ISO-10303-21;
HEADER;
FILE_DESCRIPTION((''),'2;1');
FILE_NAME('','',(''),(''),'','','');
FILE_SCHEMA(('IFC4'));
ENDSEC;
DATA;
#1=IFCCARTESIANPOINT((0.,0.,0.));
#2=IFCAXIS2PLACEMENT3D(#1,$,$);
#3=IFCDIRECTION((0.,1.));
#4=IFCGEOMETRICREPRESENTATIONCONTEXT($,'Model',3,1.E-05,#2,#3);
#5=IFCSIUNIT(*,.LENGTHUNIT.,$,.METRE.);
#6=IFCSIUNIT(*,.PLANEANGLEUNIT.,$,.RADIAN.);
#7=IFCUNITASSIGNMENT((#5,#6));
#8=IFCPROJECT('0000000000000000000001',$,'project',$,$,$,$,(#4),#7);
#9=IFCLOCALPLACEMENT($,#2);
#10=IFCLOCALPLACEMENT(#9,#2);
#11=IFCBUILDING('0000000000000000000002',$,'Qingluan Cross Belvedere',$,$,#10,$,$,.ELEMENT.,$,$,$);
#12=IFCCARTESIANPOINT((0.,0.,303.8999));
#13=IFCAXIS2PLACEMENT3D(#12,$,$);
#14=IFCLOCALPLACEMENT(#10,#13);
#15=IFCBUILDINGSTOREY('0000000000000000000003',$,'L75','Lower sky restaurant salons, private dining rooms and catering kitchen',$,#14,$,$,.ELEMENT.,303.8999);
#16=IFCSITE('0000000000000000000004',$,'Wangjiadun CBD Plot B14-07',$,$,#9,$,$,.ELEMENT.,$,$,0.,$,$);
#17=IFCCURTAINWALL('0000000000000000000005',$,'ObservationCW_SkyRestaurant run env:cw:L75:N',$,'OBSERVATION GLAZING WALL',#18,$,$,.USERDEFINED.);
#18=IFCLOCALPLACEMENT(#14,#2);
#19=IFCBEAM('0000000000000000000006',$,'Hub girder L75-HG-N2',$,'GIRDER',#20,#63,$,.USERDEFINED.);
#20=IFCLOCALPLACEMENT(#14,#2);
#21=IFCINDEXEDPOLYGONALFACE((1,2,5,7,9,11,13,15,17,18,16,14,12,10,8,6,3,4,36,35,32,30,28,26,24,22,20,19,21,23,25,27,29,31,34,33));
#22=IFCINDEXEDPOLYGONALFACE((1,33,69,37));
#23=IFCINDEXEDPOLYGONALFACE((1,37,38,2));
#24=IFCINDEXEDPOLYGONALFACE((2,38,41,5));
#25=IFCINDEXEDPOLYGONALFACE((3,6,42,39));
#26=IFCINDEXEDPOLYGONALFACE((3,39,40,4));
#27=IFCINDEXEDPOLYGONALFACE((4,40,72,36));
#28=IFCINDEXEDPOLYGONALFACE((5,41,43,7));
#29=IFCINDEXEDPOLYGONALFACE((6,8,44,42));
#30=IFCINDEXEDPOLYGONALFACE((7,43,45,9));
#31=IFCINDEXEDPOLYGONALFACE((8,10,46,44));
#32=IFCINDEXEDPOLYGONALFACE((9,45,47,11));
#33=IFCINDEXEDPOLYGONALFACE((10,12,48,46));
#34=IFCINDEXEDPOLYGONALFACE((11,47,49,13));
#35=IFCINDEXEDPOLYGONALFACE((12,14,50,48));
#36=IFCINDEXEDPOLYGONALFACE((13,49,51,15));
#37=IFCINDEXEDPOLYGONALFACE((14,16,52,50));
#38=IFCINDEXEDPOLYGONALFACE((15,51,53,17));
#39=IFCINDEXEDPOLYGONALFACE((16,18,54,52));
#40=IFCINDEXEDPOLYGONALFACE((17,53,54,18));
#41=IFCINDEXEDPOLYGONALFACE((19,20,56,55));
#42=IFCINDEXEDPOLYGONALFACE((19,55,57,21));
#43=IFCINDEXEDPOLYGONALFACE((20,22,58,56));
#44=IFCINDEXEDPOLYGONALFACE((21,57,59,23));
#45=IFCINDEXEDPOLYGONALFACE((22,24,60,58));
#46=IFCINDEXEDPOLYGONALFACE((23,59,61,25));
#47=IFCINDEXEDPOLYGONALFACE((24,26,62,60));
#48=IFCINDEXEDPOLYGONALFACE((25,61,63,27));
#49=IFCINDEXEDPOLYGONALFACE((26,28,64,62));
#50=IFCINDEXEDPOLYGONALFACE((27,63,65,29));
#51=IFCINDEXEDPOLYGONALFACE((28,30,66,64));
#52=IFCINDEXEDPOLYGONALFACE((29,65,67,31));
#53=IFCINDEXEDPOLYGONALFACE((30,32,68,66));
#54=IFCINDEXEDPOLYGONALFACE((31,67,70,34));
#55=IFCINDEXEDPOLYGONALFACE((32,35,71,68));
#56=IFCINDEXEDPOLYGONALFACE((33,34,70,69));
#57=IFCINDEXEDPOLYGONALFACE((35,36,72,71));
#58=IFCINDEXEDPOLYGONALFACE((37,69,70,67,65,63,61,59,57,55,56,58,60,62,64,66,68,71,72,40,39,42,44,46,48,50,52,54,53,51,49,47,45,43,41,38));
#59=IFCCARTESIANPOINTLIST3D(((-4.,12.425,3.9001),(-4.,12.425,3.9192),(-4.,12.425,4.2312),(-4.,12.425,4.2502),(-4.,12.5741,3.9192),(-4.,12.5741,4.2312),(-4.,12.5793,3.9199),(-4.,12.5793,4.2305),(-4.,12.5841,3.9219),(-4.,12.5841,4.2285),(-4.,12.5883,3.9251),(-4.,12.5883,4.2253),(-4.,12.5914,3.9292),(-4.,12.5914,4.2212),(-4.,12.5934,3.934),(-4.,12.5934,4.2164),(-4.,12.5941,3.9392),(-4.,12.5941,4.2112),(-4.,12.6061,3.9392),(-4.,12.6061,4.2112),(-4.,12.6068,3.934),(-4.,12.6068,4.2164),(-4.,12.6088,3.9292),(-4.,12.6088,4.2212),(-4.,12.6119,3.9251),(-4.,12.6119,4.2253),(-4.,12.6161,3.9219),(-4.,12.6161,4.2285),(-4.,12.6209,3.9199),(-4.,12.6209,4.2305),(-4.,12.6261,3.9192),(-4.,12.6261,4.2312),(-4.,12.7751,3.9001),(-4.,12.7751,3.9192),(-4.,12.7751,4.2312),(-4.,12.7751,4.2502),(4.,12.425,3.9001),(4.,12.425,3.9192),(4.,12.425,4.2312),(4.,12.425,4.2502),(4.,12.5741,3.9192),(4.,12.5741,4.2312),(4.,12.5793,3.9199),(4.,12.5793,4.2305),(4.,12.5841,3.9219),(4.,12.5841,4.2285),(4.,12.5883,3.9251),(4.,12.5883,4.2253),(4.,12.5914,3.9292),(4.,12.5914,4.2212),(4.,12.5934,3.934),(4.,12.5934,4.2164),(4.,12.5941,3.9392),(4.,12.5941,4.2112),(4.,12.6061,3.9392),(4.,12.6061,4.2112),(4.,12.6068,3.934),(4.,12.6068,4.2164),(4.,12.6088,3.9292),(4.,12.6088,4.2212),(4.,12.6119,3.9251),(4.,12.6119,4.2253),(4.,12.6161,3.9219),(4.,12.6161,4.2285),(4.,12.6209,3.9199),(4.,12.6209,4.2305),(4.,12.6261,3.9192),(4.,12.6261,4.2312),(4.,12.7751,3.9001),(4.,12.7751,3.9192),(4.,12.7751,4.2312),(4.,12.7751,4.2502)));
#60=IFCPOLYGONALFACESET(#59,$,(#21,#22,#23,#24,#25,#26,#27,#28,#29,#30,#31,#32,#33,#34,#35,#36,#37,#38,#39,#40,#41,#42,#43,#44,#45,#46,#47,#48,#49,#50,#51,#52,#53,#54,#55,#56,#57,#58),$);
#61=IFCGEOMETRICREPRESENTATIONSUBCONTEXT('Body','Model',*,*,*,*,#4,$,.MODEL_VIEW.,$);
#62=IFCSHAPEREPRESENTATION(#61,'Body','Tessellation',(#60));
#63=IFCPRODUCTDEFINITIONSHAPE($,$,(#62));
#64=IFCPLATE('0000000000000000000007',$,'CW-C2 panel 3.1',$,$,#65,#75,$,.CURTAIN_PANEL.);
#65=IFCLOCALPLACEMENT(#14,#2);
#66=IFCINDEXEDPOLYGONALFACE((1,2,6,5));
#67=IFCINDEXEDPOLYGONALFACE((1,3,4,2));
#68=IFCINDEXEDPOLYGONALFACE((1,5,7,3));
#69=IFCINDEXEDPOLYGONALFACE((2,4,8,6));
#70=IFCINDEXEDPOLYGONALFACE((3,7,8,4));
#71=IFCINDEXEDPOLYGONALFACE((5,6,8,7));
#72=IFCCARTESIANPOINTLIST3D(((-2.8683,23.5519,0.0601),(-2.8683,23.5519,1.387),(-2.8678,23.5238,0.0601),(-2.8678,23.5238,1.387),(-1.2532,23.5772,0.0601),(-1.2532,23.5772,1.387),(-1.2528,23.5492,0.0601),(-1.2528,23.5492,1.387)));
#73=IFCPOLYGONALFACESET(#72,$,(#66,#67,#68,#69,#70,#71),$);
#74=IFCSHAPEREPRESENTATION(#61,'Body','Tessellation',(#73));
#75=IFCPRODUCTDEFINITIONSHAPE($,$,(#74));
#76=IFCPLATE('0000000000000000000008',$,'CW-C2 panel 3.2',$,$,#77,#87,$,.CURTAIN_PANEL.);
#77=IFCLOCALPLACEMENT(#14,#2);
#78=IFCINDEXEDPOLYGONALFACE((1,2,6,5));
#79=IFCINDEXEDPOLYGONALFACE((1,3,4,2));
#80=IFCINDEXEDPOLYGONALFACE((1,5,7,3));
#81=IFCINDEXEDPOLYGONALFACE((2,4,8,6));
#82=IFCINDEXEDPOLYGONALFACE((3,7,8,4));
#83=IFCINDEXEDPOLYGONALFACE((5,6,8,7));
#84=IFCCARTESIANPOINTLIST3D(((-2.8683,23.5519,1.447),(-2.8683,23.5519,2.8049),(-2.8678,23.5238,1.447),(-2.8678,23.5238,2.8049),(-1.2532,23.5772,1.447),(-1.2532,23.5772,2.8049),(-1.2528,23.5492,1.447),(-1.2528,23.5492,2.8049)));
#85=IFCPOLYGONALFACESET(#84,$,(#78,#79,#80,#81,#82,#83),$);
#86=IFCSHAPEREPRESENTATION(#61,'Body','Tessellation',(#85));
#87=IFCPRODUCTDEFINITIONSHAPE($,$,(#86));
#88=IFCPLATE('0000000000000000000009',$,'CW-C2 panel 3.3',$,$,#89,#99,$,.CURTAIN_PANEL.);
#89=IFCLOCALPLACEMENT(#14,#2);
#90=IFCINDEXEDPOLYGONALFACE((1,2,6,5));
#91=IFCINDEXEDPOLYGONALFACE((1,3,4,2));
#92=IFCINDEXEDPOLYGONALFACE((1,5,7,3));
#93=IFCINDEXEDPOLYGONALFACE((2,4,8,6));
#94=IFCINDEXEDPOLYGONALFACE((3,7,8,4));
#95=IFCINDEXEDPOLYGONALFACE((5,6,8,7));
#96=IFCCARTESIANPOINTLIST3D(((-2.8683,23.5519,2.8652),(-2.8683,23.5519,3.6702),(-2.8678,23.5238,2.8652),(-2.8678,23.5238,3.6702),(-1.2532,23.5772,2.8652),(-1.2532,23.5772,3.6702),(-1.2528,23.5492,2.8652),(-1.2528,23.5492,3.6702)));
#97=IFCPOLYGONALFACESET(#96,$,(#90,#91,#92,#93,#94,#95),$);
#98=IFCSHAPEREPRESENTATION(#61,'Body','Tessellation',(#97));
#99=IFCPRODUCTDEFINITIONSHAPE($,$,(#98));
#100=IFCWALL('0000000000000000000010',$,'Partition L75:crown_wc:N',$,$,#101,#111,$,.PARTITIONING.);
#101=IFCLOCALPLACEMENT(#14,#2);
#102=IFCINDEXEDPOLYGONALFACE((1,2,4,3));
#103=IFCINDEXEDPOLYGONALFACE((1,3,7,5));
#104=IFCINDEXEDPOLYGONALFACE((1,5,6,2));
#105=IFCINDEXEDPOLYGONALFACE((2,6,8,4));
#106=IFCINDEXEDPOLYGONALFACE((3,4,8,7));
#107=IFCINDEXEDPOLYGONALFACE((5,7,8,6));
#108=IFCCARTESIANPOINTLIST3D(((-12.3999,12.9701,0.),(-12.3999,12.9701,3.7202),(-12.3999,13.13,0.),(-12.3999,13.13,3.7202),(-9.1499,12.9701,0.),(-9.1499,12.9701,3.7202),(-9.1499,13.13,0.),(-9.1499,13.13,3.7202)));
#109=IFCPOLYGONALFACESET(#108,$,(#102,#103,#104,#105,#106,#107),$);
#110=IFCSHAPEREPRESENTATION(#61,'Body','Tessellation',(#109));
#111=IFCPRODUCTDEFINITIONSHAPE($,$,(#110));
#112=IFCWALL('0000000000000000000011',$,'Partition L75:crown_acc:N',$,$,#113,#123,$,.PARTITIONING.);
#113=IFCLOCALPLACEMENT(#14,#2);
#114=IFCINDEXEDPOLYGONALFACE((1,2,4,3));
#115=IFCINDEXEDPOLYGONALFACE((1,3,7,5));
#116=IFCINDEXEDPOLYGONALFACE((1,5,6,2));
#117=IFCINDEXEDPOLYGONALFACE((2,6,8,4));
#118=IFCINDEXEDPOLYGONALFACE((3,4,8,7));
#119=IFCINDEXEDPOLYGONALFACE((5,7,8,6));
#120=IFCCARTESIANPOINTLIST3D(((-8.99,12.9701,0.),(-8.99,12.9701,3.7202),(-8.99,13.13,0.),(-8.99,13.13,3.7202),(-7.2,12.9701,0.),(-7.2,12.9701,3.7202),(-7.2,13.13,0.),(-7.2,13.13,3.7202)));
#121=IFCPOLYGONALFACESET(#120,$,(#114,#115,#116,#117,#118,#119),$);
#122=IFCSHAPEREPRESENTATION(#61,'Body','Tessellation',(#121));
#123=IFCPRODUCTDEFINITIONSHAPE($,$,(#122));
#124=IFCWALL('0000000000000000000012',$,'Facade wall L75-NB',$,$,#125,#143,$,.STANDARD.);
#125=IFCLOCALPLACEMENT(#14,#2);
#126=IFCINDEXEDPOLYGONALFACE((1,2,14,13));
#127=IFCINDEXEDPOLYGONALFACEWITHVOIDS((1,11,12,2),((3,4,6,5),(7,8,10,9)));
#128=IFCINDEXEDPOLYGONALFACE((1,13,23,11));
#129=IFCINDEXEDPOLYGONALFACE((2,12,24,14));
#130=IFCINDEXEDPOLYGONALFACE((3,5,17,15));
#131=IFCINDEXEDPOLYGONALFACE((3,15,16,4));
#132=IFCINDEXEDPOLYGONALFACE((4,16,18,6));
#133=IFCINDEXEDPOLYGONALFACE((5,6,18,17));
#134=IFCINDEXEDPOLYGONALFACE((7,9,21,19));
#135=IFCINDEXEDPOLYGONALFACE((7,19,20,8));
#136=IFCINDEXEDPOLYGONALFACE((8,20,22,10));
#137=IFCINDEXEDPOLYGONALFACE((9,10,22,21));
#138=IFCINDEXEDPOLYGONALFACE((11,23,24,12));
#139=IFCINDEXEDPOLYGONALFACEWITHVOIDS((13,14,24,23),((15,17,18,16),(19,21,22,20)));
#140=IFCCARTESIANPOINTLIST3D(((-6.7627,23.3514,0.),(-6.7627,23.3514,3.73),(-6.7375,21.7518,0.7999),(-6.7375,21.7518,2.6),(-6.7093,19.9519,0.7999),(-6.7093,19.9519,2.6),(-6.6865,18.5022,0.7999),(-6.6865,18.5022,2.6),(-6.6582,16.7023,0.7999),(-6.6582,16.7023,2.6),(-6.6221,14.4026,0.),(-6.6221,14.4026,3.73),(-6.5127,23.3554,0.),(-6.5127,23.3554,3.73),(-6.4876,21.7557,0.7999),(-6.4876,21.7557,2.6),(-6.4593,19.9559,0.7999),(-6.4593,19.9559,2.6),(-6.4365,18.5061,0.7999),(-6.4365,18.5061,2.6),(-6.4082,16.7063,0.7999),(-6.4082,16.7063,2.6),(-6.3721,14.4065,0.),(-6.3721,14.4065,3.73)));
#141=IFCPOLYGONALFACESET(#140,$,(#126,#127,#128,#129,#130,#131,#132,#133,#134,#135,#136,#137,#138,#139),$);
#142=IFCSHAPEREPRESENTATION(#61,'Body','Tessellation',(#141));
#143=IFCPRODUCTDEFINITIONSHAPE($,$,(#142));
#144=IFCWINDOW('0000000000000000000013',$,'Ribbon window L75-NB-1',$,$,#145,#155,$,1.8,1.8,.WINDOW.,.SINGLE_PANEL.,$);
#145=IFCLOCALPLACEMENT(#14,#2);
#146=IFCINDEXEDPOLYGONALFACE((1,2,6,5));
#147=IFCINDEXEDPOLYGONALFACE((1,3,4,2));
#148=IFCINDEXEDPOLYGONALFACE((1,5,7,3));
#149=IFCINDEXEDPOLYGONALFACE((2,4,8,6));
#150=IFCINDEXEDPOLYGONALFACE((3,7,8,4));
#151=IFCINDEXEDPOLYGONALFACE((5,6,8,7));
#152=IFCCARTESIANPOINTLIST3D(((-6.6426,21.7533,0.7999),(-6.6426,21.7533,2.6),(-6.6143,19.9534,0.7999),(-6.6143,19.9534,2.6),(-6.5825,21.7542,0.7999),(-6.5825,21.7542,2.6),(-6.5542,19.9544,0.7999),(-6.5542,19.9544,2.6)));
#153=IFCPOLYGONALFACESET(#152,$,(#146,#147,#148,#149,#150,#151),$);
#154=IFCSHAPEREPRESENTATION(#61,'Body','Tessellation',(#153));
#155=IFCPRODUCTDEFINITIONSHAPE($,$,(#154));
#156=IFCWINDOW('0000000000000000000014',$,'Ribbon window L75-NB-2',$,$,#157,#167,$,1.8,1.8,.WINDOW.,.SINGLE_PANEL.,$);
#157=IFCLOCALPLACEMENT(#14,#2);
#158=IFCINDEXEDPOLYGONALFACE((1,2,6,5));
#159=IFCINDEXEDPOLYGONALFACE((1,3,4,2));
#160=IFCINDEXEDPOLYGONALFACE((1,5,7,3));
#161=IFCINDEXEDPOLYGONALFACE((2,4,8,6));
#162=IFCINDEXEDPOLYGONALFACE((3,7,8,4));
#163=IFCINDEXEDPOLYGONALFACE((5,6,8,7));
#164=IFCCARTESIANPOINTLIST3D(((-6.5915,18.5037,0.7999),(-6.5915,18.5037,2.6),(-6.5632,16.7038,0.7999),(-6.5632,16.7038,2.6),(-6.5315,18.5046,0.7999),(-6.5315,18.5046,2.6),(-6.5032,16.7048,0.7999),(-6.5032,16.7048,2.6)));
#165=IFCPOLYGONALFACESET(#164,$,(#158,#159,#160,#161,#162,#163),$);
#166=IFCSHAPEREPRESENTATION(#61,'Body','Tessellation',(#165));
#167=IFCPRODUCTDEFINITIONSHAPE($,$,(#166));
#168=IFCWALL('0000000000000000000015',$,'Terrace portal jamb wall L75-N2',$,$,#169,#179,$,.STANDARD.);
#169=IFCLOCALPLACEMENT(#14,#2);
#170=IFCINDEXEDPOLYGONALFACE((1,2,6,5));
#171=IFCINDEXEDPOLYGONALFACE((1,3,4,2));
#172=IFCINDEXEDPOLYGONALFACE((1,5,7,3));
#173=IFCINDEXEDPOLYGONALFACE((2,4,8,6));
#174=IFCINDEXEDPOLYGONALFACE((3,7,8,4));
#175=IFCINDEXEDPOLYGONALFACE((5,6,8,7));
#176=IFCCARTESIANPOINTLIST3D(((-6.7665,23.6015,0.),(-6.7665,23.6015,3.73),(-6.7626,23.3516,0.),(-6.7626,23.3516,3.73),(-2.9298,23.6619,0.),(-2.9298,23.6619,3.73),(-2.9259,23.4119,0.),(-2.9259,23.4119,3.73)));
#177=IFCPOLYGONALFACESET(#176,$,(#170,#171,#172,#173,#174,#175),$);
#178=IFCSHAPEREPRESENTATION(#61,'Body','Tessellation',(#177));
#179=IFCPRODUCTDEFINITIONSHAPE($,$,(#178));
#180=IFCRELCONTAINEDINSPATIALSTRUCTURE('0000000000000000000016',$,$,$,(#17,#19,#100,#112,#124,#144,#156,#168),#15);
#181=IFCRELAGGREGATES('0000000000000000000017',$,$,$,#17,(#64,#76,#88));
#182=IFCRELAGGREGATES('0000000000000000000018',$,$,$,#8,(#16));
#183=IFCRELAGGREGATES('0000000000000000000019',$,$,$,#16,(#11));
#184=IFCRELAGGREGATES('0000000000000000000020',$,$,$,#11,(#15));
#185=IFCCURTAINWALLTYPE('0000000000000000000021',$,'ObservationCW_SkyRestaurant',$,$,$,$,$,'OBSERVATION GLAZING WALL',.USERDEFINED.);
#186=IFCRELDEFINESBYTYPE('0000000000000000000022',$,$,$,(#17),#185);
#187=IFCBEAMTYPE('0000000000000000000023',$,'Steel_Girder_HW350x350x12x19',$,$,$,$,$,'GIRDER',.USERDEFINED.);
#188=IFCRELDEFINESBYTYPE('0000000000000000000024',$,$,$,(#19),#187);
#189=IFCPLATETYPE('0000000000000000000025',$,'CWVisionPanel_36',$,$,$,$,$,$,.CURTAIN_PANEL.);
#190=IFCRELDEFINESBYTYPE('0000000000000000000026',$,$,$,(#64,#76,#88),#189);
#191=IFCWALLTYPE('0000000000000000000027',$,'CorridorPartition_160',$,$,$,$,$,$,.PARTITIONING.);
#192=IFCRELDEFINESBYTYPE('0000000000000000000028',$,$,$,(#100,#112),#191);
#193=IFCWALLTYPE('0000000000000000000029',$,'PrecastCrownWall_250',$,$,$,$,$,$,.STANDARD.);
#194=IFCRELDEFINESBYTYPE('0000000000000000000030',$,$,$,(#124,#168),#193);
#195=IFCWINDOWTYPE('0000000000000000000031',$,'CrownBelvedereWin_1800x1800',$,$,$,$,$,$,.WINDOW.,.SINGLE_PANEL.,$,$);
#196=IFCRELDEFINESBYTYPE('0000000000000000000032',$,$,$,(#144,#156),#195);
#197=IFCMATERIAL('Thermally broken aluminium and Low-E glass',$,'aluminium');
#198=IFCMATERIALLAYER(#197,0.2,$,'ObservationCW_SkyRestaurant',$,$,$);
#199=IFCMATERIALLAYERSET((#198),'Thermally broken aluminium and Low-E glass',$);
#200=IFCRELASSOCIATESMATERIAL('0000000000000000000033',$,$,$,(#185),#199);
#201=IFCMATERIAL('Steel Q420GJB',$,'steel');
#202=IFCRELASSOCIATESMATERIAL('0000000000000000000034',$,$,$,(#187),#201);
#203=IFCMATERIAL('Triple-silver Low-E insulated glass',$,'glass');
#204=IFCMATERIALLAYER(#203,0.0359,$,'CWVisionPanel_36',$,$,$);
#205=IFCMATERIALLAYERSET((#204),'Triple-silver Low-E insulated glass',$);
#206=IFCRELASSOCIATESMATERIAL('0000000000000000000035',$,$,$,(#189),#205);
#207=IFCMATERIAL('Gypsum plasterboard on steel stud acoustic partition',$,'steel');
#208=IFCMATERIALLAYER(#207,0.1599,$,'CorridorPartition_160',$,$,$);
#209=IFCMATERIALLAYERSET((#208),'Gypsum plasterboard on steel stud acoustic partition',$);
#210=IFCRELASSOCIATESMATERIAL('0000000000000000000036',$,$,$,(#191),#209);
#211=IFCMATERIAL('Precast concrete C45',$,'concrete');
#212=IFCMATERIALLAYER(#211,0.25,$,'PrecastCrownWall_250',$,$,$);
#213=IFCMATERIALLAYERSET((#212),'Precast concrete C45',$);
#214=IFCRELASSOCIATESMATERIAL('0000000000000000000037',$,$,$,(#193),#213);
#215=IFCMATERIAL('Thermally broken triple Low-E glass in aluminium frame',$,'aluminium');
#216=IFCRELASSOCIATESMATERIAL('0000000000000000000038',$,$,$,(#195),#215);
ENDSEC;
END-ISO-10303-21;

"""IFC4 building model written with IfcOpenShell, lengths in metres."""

from ifc_helpers import new_model, si_unit, direction, frame, frame_2d, origin, origin_2d, place, context, subcontext, project, spatial, rectangle, i_section, extrude, material, layer, layer_set, material_profile, profile_set, type_object, element, fill, aggregate, save


model = new_model("IFC4")

# Units and contexts
model_context = context("Model", 3, precision=1e-05, world=origin(), true_north=direction((0.0, 1.0)))
body_context = subcontext(model_context, "Body", "Model", "MODEL_VIEW")
ifc_project = project(units=[si_unit("LENGTHUNIT", "METRE"), si_unit("PLANEANGLEUNIT", "RADIAN")], contexts=[model_context])

# Site, building, storey
site_placement = place(None, origin())
site = spatial("IfcSite", under=ifc_project, at=site_placement, Name="Wangjiadun CBD Plot B14-07", CompositionType="ELEMENT", RefElevation=0.0)
building_placement = place(site_placement, origin())
building = spatial("IfcBuilding", under=site, at=building_placement, Name="Qingluan Cross Belvedere", CompositionType="ELEMENT")
storey_placement = place(building_placement, frame((0.0, 0.0, 303.8999)))
storey = spatial("IfcBuildingStorey", under=building, at=storey_placement, Name="L75", Description="Lower sky restaurant salons, private dining rooms and catering kitchen", CompositionType="ELEMENT", Elevation=303.8999)

# Curtain wall
ifc_material_1 = material(Name="Thermally broken aluminium and Low-E glass", Category="aluminium")
ifc_layer_1 = layer(ifc_material_1, 0.2, Name="ObservationCW_SkyRestaurant")
ifc_layer_set_1 = layer_set([ifc_layer_1], Name="Thermally broken aluminium and Low-E glass")
curtain_wall_type = type_object("IfcCurtainWallType", Name="ObservationCW_SkyRestaurant", ElementType="OBSERVATION GLAZING WALL", PredefinedType="USERDEFINED", material=ifc_layer_set_1)
curtain_wall_placement = place(storey_placement, origin())
curtain_wall = element("IfcCurtainWall", 1, at=curtain_wall_placement, inside=storey, type_object=curtain_wall_type, Name="ObservationCW_SkyRestaurant run env:cw:L75:N", ObjectType="OBSERVATION GLAZING WALL", PredefinedType="USERDEFINED")

# Beam
ifc_material_2 = material(Name="Steel Q420GJB", Category="steel")
ifc_material_profile_1 = material_profile(ifc_material_2, i_section(OverallWidth=0.3501, OverallDepth=0.3501, WebThickness=0.012, FlangeThickness=0.019, FilletRadius=0.02, at=origin_2d()), Name="HW350x350x12x19")
ifc_profile_set_1 = profile_set([ifc_material_profile_1], Name="Steel Q420GJB")
beam_type = type_object("IfcBeamType", Name="Steel_Girder_HW350x350x12x19", ElementType="GIRDER", PredefinedType="USERDEFINED", material=ifc_profile_set_1)
beam_placement = place(storey_placement, frame((-4.0, 12.6001, 4.0752), z_axis=(1.0, 0.0, 0.0), x_axis=(0.0, 1.0, 0.0)))
element("IfcBeam", 2, at=beam_placement, inside=storey, type_object=beam_type, Name="Hub girder L75-HG-N2", ObjectType="GIRDER", PredefinedType="USERDEFINED", context=body_context, shape_type="SweptSolid", body=[
    extrude(i_section(OverallWidth=0.3501, OverallDepth=0.3501, WebThickness=0.012, FlangeThickness=0.019, FilletRadius=0.02, at=origin_2d()), origin(), (0.0, 0.0, 1.0), 8.0),
])

# Plates
ifc_material_3 = material(Name="Triple-silver Low-E insulated glass", Category="glass")
ifc_layer_2 = layer(ifc_material_3, 0.0359, Name="CWVisionPanel_36")
ifc_layer_set_2 = layer_set([ifc_layer_2], Name="Triple-silver Low-E insulated glass")
plate_type = type_object("IfcPlateType", Name="CWVisionPanel_36", PredefinedType="CURTAIN_PANEL", material=ifc_layer_set_2)
plate_1_placement = place(storey_placement, frame((-2.0605, 23.5505, 0.0601), z_axis=(0.0, 0.0, 1.0), x_axis=(-0.999877, -0.015696, 0.0)))
plate_1 = element("IfcPlate", 3, at=plate_1_placement, type_object=plate_type, Name="CW-C2 panel 3.1", PredefinedType="CURTAIN_PANEL", context=body_context, shape_type="SweptSolid", body=[
    extrude(rectangle(XDim=1.6152, YDim=0.0281, at=origin_2d()), origin(), (0.0, 0.0, 1.0), 1.3269),
])
plate_2_placement = place(storey_placement, frame((-2.0605, 23.5505, 1.447), z_axis=(0.0, 0.0, 1.0), x_axis=(-0.999877, -0.015696, 0.0)))
plate_2 = element("IfcPlate", 4, at=plate_2_placement, type_object=plate_type, Name="CW-C2 panel 3.2", PredefinedType="CURTAIN_PANEL", context=body_context, shape_type="SweptSolid", body=[
    extrude(rectangle(XDim=1.6152, YDim=0.0281, at=origin_2d()), origin(), (0.0, 0.0, 1.0), 1.3579),
])
plate_3_placement = place(storey_placement, frame((-2.0605, 23.5505, 2.8652), z_axis=(0.0, 0.0, 1.0), x_axis=(-0.999877, -0.015696, 0.0)))
plate_3 = element("IfcPlate", 5, at=plate_3_placement, type_object=plate_type, Name="CW-C2 panel 3.3", PredefinedType="CURTAIN_PANEL", context=body_context, shape_type="SweptSolid", body=[
    extrude(rectangle(XDim=1.6152, YDim=0.0281, at=origin_2d()), origin(), (0.0, 0.0, 1.0), 0.8049),
])
aggregate(curtain_wall, [plate_1, plate_2, plate_3])

# Walls
ifc_material_4 = material(Name="Gypsum plasterboard on steel stud acoustic partition", Category="steel")
ifc_layer_3 = layer(ifc_material_4, 0.1599, Name="CorridorPartition_160")
ifc_layer_set_3 = layer_set([ifc_layer_3], Name="Gypsum plasterboard on steel stud acoustic partition")
wall_type_1 = type_object("IfcWallType", Name="CorridorPartition_160", PredefinedType="PARTITIONING", material=ifc_layer_set_3)
wall_1_placement = place(storey_placement, frame((-12.3999, 13.05, 0.0), z_axis=(0.0, 0.0, 1.0), x_axis=(1.0, 0.0, 0.0)))
element("IfcWall", 6, at=wall_1_placement, inside=storey, type_object=wall_type_1, Name="Partition L75:crown_wc:N", PredefinedType="PARTITIONING", context=body_context, shape_type="SweptSolid", body=[
    extrude(rectangle(XDim=3.25, YDim=0.1599, at=frame_2d((1.625, 0.0))), origin(), (0.0, 0.0, 1.0), 3.7202),
])
wall_2_placement = place(storey_placement, frame((-8.99, 13.05, 0.0), z_axis=(0.0, 0.0, 1.0), x_axis=(1.0, 0.0, 0.0)))
element("IfcWall", 7, at=wall_2_placement, inside=storey, type_object=wall_type_1, Name="Partition L75:crown_acc:N", PredefinedType="PARTITIONING", context=body_context, shape_type="SweptSolid", body=[
    extrude(rectangle(XDim=1.79, YDim=0.1599, at=frame_2d((0.895, 0.0))), origin(), (0.0, 0.0, 1.0), 3.7202),
])

# Wall, openings, windows
ifc_material_5 = material(Name="Precast concrete C45", Category="concrete")
ifc_layer_4 = layer(ifc_material_5, 0.25, Name="PrecastCrownWall_250")
ifc_layer_set_4 = layer_set([ifc_layer_4], Name="Precast concrete C45")
wall_type_2 = type_object("IfcWallType", Name="PrecastCrownWall_250", PredefinedType="STANDARD", material=ifc_layer_set_4)
wall_3_placement = place(storey_placement, frame((-6.6377, 23.3535, 0.0), z_axis=(0.0, 0.0, 1.0), x_axis=(0.015713, -0.999877, 0.0)))
wall_3 = element("IfcWall", 8, at=wall_3_placement, inside=storey, type_object=wall_type_2, Name="Facade wall L75-NB", PredefinedType="STANDARD", context=body_context, shape_type="SweptSolid", body=[
    extrude(rectangle(XDim=8.95, YDim=0.25, at=frame_2d((4.4751, 0.0))), origin(), (0.0, 0.0, 1.0), 3.73),
])
opening_1_placement = place(wall_3_placement, frame((1.6001, 0.0, 0.8)))
opening_1 = element("IfcOpeningElement", 9, at=opening_1_placement, cuts=wall_3, PredefinedType="OPENING", context=body_context, shape_type="SweptSolid", body=[
    extrude(rectangle(XDim=1.8, YDim=1.8, at=frame_2d((0.8999, 0.8999))), frame((0.0, 0.135, 0.0), z_axis=(0.0, -1.0, 0.0), x_axis=(1.0, 0.0, 0.0)), (0.0, 0.0, 1.0), 0.27),
])
opening_2_placement = place(wall_3_placement, frame((4.8501, 0.0, 0.8)))
opening_2 = element("IfcOpeningElement", 10, at=opening_2_placement, cuts=wall_3, PredefinedType="OPENING", context=body_context, shape_type="SweptSolid", body=[
    extrude(rectangle(XDim=1.8, YDim=1.8, at=frame_2d((0.8999, 0.8999))), frame((0.0, 0.135, 0.0), z_axis=(0.0, -1.0, 0.0), x_axis=(1.0, 0.0, 0.0)), (0.0, 0.0, 1.0), 0.27),
])
ifc_material_6 = material(Name="Thermally broken triple Low-E glass in aluminium frame", Category="aluminium")
window_type = type_object("IfcWindowType", Name="CrownBelvedereWin_1800x1800", PartitioningType="SINGLE_PANEL", PredefinedType="WINDOW", material=ifc_material_6)
window_1_placement = place(opening_1_placement, origin())
window_1 = element("IfcWindow", 11, at=window_1_placement, inside=storey, type_object=window_type, Name="Ribbon window L75-NB-1", OverallHeight=1.8, OverallWidth=1.8, PartitioningType="SINGLE_PANEL", PredefinedType="WINDOW", context=body_context, shape_type="SweptSolid", body=[
    extrude(rectangle(XDim=1.8, YDim=1.8, at=frame_2d((0.8999, 0.8999))), frame((0.0, 0.03, 0.0), z_axis=(0.0, -1.0, 0.0), x_axis=(1.0, 0.0, 0.0)), (0.0, 0.0, 1.0), 0.0601),
])
fill(opening_1, window_1)
window_2_placement = place(opening_2_placement, origin())
window_2 = element("IfcWindow", 12, at=window_2_placement, inside=storey, type_object=window_type, Name="Ribbon window L75-NB-2", OverallHeight=1.8, OverallWidth=1.8, PartitioningType="SINGLE_PANEL", PredefinedType="WINDOW", context=body_context, shape_type="SweptSolid", body=[
    extrude(rectangle(XDim=1.8, YDim=1.8, at=frame_2d((0.8999, 0.8999))), frame((0.0, 0.03, 0.0), z_axis=(0.0, -1.0, 0.0), x_axis=(1.0, 0.0, 0.0)), (0.0, 0.0, 1.0), 0.0601),
])
fill(opening_2, window_2)

# Wall
wall_4_placement = place(storey_placement, frame((-2.928, 23.5369, 0.0), z_axis=(0.0, 0.0, 1.0), x_axis=(-0.999877, -0.015716, 0.0)))
element("IfcWall", 13, at=wall_4_placement, inside=storey, type_object=wall_type_2, Name="Terrace portal jamb wall L75-N2", PredefinedType="STANDARD", context=body_context, shape_type="SweptSolid", body=[
    extrude(rectangle(XDim=3.8372, YDim=0.25, at=frame_2d((1.9185, 0.0))), origin(), (0.0, 0.0, 1.0), 3.73),
])

save(model, "model.ifc")
